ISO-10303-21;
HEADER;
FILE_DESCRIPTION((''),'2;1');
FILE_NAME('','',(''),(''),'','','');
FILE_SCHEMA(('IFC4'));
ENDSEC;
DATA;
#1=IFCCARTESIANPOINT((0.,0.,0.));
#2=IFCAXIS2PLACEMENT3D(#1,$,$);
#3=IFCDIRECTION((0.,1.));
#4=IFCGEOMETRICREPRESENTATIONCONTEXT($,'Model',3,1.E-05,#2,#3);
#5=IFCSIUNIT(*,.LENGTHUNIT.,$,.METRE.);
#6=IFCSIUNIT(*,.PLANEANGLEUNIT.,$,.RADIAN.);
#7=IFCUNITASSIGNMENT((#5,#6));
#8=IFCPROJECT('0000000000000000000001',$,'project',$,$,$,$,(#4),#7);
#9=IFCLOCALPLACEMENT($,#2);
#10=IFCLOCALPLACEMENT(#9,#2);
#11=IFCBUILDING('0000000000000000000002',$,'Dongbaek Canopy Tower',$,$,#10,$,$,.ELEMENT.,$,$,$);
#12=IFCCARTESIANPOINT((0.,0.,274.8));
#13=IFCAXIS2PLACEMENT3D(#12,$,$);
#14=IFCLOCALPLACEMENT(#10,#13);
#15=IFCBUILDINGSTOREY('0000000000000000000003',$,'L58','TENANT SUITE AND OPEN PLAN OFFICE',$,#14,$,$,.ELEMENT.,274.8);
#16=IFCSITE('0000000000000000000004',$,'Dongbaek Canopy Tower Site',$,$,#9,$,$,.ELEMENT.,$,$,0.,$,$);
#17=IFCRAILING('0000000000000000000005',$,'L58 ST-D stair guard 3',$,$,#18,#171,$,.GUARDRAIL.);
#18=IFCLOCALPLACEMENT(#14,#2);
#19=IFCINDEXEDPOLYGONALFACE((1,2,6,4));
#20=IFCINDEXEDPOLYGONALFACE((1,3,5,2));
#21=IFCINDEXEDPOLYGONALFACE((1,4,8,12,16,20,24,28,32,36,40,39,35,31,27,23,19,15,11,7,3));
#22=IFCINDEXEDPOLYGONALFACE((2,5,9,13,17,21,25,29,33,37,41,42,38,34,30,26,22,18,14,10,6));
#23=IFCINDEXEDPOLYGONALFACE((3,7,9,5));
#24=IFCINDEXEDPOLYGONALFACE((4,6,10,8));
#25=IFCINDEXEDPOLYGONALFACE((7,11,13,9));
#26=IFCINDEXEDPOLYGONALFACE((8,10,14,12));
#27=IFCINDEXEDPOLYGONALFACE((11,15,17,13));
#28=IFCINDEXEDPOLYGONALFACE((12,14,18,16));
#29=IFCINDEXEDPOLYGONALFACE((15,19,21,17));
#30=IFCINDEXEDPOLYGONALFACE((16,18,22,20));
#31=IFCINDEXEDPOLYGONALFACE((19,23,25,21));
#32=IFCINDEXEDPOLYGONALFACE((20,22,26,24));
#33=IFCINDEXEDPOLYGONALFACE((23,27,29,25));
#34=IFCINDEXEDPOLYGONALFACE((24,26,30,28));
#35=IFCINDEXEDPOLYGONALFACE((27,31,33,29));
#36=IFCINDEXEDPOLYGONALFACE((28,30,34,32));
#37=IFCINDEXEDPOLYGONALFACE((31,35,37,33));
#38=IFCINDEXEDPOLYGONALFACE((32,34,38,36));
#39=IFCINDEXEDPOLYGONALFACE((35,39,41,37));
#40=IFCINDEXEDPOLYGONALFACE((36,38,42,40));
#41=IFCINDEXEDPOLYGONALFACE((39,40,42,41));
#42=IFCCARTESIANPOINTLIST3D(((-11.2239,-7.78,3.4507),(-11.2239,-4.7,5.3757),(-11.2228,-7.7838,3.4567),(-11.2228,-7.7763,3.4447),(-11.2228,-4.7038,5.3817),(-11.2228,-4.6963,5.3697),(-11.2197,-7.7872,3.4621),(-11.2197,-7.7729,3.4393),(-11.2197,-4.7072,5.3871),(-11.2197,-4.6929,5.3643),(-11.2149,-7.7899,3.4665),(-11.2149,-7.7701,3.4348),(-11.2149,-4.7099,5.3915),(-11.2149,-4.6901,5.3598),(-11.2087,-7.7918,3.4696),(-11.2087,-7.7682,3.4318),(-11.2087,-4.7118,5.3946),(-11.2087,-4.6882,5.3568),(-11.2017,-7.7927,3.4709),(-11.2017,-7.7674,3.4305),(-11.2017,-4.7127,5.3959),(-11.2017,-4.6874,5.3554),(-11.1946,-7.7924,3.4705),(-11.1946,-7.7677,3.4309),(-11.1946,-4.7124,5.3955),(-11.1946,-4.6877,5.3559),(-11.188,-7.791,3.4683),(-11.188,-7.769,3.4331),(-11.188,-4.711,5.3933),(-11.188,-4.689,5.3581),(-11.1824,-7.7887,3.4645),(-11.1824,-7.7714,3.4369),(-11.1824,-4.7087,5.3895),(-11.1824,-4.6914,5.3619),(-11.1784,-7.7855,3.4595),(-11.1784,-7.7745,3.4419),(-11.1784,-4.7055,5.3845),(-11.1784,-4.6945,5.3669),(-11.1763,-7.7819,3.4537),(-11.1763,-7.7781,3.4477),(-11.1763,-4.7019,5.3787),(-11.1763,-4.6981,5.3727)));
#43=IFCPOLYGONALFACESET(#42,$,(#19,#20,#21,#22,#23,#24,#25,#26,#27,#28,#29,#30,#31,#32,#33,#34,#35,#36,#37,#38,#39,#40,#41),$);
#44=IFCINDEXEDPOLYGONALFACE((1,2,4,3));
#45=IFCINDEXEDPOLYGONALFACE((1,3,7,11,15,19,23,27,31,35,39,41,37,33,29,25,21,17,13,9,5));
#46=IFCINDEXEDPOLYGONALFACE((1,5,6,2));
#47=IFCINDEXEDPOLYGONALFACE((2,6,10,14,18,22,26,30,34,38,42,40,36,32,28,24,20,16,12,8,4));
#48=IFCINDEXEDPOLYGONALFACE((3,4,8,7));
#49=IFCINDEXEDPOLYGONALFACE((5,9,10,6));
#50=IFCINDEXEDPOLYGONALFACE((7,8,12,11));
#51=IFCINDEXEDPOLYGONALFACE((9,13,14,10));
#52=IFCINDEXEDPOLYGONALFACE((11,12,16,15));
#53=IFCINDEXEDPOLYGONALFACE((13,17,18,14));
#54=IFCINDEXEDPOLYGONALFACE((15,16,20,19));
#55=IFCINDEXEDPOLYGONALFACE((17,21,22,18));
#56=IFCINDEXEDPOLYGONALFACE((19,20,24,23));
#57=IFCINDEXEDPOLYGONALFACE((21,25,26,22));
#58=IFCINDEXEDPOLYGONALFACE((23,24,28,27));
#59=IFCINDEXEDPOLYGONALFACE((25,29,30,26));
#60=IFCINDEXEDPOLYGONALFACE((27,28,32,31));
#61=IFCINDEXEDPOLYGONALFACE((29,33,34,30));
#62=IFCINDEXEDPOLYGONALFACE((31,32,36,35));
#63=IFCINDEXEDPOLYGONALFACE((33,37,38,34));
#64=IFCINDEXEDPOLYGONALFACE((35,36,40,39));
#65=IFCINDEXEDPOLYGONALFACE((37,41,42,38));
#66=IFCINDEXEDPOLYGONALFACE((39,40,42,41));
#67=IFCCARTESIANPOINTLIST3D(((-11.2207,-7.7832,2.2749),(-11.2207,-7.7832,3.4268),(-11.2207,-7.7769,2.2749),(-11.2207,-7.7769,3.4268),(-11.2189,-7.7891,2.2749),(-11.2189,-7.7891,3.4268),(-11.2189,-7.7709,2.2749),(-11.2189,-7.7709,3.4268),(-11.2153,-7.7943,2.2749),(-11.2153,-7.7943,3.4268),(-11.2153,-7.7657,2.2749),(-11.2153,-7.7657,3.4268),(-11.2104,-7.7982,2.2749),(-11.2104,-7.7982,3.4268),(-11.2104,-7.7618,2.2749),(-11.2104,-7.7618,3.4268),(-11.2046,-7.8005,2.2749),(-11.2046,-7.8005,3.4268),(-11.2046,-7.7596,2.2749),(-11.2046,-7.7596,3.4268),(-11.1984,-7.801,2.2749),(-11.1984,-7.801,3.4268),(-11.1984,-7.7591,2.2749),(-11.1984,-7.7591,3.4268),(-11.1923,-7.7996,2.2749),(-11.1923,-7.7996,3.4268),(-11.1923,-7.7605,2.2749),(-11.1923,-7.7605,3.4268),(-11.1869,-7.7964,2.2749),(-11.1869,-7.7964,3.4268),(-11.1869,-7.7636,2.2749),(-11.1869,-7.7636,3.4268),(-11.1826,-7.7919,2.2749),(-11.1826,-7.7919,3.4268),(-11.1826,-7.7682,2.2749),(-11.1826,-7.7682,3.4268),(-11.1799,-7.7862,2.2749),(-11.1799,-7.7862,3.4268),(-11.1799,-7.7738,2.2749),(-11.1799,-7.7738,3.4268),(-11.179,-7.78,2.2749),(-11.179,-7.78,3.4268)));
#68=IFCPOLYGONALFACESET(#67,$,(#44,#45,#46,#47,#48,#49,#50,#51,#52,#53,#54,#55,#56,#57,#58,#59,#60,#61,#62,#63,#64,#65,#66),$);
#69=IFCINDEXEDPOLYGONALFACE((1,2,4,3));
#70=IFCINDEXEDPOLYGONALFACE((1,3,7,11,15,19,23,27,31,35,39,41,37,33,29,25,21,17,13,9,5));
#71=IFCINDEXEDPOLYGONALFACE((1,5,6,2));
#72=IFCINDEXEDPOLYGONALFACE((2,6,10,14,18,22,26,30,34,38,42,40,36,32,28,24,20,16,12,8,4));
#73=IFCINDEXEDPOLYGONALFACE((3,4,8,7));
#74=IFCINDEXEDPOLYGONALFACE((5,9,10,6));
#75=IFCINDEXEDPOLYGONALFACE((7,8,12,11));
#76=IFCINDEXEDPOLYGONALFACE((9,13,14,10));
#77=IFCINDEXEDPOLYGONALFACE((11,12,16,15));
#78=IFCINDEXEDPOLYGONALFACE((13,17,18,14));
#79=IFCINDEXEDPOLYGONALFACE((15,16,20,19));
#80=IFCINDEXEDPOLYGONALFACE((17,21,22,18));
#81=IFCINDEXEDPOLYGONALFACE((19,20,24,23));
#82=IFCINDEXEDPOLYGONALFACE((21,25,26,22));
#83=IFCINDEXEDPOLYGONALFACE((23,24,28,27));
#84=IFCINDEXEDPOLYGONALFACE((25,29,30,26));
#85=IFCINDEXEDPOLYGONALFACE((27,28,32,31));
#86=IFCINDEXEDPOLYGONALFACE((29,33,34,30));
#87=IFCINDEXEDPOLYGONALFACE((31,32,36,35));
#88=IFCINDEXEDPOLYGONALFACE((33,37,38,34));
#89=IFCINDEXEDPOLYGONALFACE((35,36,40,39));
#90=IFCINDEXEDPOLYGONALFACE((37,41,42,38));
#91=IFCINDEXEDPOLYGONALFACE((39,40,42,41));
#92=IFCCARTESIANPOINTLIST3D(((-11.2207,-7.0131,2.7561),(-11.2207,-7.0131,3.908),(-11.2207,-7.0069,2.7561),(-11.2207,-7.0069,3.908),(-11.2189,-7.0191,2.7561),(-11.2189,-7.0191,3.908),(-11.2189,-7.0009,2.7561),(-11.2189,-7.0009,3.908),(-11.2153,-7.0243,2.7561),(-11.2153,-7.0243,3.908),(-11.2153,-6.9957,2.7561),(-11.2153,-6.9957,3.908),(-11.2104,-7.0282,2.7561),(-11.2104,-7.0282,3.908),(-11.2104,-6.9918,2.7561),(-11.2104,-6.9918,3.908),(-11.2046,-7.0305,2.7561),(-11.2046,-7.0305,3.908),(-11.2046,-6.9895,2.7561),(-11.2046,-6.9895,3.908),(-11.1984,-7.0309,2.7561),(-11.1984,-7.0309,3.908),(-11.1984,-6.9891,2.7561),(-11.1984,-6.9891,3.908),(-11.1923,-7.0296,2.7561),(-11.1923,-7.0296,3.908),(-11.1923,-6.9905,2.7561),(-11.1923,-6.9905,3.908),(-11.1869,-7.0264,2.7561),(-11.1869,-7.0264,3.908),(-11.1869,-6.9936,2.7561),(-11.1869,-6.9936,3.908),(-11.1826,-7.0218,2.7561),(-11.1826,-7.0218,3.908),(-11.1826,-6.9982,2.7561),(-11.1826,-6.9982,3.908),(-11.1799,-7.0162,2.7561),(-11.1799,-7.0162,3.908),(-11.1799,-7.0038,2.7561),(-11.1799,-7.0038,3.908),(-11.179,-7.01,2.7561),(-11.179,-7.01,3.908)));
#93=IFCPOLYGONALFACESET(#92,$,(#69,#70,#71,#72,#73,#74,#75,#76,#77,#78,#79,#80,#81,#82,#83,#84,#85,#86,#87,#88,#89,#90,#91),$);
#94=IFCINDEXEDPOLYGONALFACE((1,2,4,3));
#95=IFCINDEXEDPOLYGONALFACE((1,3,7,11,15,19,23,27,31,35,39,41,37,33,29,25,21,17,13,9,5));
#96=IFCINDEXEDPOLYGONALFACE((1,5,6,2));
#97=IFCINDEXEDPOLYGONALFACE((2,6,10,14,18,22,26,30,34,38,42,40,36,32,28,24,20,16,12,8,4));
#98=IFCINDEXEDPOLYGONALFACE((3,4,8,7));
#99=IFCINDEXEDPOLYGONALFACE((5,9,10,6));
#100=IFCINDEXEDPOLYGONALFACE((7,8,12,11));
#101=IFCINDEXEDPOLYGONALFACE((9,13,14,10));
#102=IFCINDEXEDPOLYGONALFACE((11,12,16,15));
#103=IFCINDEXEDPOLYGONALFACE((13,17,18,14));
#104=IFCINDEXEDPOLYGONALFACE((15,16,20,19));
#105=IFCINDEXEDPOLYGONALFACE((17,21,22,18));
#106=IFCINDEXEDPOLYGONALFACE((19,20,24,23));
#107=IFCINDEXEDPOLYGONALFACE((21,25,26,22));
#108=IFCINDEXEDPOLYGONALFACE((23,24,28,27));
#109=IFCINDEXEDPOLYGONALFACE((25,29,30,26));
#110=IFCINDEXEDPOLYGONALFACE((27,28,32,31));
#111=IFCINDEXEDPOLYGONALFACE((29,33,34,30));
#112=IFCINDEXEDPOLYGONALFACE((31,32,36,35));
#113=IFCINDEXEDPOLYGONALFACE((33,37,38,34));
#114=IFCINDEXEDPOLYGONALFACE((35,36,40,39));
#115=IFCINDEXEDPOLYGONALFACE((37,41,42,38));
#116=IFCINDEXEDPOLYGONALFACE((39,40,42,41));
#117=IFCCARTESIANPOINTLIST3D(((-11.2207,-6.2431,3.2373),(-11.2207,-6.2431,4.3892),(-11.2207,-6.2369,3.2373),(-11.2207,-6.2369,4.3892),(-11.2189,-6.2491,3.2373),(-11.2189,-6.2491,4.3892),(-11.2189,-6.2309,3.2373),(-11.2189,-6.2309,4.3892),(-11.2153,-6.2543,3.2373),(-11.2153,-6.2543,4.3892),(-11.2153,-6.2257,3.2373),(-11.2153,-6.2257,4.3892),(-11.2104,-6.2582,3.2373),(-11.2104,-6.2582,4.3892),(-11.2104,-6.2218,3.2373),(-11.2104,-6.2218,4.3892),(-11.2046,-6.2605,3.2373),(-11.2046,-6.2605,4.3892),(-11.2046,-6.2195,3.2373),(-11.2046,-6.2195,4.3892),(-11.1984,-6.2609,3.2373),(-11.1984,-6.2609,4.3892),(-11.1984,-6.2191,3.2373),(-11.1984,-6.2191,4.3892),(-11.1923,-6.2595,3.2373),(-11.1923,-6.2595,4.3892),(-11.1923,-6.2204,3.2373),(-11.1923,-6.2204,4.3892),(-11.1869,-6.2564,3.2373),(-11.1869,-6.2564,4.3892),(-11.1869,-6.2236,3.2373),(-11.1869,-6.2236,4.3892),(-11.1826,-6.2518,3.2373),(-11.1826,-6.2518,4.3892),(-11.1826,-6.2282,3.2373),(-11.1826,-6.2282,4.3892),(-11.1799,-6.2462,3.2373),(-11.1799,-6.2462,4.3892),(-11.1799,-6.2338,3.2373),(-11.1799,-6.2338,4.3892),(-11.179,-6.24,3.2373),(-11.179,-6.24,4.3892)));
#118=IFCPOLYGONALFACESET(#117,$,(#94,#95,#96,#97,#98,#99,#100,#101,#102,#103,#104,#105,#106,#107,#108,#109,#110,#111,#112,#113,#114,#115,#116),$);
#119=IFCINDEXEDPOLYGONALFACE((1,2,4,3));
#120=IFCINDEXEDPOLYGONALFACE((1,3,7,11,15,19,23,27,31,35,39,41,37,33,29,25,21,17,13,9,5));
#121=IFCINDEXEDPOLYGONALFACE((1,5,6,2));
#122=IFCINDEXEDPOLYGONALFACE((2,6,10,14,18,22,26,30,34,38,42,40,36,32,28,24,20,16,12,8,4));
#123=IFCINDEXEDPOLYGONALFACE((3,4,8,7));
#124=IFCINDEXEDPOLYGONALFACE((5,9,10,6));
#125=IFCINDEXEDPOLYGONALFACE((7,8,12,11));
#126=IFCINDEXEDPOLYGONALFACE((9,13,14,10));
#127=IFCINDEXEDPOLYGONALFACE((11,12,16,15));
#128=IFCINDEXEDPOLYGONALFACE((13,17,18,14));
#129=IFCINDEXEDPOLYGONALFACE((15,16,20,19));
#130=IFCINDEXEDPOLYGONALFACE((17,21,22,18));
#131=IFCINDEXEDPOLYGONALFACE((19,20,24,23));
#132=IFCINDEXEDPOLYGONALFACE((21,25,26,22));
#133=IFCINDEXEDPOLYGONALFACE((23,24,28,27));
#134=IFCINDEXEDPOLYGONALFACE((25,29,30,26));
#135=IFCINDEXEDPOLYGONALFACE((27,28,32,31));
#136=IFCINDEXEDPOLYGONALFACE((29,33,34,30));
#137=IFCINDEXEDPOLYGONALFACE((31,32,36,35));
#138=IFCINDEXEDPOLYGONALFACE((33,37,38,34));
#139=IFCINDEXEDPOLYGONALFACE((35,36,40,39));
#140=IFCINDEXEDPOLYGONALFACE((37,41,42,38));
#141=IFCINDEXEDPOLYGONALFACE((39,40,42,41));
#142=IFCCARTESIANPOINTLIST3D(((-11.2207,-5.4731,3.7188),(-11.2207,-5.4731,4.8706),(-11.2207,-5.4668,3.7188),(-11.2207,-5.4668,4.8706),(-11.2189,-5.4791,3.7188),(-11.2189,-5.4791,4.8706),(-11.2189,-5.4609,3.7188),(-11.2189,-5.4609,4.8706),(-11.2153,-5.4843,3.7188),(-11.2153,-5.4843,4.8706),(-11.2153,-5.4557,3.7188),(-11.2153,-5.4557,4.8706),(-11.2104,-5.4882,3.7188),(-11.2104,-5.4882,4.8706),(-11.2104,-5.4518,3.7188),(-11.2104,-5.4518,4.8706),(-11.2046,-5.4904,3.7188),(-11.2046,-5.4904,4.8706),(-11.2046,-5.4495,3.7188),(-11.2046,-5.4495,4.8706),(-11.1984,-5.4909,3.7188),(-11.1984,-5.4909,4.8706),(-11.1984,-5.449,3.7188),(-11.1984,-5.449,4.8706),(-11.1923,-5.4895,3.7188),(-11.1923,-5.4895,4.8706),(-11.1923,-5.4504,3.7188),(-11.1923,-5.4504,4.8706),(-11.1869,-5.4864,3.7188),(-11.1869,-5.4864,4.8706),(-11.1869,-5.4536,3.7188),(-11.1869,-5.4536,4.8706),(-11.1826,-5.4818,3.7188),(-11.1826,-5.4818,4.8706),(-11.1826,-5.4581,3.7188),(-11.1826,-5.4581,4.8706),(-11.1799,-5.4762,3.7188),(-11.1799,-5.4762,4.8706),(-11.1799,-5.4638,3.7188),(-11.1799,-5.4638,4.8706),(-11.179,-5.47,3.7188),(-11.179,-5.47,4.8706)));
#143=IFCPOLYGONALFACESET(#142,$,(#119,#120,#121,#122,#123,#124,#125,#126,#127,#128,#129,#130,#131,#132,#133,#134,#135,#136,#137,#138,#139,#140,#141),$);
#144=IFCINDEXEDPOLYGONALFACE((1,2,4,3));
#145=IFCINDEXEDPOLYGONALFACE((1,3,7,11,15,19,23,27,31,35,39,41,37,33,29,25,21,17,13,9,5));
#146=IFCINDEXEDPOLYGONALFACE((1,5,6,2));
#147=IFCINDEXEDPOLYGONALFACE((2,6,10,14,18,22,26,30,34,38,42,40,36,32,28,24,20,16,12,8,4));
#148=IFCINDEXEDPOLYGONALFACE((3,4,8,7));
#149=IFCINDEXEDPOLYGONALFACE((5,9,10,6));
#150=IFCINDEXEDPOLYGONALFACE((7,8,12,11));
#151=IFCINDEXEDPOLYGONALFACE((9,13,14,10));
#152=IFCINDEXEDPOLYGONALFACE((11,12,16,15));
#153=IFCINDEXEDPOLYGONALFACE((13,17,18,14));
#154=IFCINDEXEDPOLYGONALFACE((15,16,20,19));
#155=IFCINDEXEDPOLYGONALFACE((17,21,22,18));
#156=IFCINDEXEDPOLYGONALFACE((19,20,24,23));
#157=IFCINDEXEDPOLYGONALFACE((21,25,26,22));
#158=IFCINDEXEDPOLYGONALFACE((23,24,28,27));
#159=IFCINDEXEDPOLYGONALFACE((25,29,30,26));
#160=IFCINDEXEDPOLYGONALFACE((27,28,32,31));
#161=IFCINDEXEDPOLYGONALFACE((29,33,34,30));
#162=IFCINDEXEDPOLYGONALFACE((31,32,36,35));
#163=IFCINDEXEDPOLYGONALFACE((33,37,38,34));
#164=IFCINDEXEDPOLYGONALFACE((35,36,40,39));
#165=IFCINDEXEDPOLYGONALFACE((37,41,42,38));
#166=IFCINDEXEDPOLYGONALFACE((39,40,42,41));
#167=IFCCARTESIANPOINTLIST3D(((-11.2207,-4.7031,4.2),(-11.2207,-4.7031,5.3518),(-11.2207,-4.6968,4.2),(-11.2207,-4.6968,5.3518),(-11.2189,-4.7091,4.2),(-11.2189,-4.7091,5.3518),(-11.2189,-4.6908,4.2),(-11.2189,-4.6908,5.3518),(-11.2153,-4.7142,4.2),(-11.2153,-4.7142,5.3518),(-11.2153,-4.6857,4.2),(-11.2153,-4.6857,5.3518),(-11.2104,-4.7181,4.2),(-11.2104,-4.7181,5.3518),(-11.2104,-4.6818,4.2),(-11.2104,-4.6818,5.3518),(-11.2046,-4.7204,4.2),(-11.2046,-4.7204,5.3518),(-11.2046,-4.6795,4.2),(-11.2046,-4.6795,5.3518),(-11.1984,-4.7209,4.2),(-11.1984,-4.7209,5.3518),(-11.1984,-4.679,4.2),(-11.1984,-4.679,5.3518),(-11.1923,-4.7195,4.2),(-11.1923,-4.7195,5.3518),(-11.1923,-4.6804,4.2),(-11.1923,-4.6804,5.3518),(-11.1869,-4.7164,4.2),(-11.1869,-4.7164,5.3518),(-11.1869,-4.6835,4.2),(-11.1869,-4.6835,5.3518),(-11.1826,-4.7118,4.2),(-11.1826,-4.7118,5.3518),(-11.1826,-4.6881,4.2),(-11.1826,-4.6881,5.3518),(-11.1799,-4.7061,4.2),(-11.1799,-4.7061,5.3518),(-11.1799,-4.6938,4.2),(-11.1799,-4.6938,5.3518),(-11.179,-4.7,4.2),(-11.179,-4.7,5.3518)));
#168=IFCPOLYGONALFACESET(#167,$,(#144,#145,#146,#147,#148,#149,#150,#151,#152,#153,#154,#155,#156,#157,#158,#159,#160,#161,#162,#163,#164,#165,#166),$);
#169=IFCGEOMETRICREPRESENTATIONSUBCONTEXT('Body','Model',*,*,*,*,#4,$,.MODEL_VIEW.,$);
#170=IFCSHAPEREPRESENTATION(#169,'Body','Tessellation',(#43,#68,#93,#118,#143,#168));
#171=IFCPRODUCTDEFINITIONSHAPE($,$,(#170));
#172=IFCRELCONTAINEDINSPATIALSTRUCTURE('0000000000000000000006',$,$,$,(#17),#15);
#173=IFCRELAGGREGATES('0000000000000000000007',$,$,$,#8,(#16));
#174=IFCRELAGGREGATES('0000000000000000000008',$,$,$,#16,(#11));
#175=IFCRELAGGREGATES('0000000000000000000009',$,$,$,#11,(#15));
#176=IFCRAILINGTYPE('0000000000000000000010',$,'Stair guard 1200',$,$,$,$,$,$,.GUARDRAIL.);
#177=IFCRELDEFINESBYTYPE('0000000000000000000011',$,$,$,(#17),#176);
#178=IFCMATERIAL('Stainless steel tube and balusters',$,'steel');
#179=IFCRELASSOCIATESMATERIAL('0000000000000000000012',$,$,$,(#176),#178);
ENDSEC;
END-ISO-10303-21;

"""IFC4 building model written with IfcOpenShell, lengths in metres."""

from ifc_helpers import new_model, si_unit, direction, frame, origin, origin_2d, place, context, subcontext, project, spatial, circle, extrude, material, type_object, element, save


model = new_model("IFC4")

# Units and contexts
model_context = context("Model", 3, precision=1e-05, world=origin(), true_north=direction((0.0, 1.0)))
body_context = subcontext(model_context, "Body", "Model", "MODEL_VIEW")
ifc_project = project(units=[si_unit("LENGTHUNIT", "METRE"), si_unit("PLANEANGLEUNIT", "RADIAN")], contexts=[model_context])

# Site, building, storey
site_placement = place(None, origin())
site = spatial("IfcSite", under=ifc_project, at=site_placement, Name="Dongbaek Canopy Tower Site", CompositionType="ELEMENT", RefElevation=0.0)
building_placement = place(site_placement, origin())
building = spatial("IfcBuilding", under=site, at=building_placement, Name="Dongbaek Canopy Tower", CompositionType="ELEMENT")
storey_placement = place(building_placement, frame((0.0, 0.0, 274.8)))
storey = spatial("IfcBuildingStorey", under=building, at=storey_placement, Name="L58", Description="TENANT SUITE AND OPEN PLAN OFFICE", CompositionType="ELEMENT", Elevation=274.8)

# Railing
ifc_material_1 = material(Name="Stainless steel tube and balusters", Category="steel")
railing_type_1 = type_object("IfcRailingType", Name="Stair guard 1200", PredefinedType="GUARDRAIL", material=ifc_material_1)
railing_1_placement = place(storey_placement, frame((-11.2, -7.78, 2.2749)))
element("IfcRailing", 1, at=railing_1_placement, inside=storey, type_object=railing_type_1, Name="L58 ST-D stair guard 3", PredefinedType="GUARDRAIL", context=body_context, shape_type="SweptSolid", body=[
    extrude(circle(Radius=0.0239, at=origin_2d()), frame((0.0, 0.0, 1.1758), z_axis=(0.0, 0.847998, 0.529999), x_axis=(-1.0, 0.0, 0.0)), (0.0, 0.0, 1.0), 3.6321),
    extrude(circle(Radius=0.021, at=origin_2d()), origin(), (0.0, 0.0, 1.0), 1.1519),
    extrude(circle(Radius=0.021, at=origin_2d()), frame((0.0, 0.77, 0.4812)), (0.0, 0.0, 1.0), 1.1519),
    extrude(circle(Radius=0.021, at=origin_2d()), frame((0.0, 1.54, 0.9624)), (0.0, 0.0, 1.0), 1.1519),
    extrude(circle(Radius=0.021, at=origin_2d()), frame((0.0, 2.3101, 1.4438)), (0.0, 0.0, 1.0), 1.1519),
    extrude(circle(Radius=0.021, at=origin_2d()), frame((0.0, 3.0801, 1.925)), (0.0, 0.0, 1.0), 1.1519),
])

save(model, "model.ifc")
